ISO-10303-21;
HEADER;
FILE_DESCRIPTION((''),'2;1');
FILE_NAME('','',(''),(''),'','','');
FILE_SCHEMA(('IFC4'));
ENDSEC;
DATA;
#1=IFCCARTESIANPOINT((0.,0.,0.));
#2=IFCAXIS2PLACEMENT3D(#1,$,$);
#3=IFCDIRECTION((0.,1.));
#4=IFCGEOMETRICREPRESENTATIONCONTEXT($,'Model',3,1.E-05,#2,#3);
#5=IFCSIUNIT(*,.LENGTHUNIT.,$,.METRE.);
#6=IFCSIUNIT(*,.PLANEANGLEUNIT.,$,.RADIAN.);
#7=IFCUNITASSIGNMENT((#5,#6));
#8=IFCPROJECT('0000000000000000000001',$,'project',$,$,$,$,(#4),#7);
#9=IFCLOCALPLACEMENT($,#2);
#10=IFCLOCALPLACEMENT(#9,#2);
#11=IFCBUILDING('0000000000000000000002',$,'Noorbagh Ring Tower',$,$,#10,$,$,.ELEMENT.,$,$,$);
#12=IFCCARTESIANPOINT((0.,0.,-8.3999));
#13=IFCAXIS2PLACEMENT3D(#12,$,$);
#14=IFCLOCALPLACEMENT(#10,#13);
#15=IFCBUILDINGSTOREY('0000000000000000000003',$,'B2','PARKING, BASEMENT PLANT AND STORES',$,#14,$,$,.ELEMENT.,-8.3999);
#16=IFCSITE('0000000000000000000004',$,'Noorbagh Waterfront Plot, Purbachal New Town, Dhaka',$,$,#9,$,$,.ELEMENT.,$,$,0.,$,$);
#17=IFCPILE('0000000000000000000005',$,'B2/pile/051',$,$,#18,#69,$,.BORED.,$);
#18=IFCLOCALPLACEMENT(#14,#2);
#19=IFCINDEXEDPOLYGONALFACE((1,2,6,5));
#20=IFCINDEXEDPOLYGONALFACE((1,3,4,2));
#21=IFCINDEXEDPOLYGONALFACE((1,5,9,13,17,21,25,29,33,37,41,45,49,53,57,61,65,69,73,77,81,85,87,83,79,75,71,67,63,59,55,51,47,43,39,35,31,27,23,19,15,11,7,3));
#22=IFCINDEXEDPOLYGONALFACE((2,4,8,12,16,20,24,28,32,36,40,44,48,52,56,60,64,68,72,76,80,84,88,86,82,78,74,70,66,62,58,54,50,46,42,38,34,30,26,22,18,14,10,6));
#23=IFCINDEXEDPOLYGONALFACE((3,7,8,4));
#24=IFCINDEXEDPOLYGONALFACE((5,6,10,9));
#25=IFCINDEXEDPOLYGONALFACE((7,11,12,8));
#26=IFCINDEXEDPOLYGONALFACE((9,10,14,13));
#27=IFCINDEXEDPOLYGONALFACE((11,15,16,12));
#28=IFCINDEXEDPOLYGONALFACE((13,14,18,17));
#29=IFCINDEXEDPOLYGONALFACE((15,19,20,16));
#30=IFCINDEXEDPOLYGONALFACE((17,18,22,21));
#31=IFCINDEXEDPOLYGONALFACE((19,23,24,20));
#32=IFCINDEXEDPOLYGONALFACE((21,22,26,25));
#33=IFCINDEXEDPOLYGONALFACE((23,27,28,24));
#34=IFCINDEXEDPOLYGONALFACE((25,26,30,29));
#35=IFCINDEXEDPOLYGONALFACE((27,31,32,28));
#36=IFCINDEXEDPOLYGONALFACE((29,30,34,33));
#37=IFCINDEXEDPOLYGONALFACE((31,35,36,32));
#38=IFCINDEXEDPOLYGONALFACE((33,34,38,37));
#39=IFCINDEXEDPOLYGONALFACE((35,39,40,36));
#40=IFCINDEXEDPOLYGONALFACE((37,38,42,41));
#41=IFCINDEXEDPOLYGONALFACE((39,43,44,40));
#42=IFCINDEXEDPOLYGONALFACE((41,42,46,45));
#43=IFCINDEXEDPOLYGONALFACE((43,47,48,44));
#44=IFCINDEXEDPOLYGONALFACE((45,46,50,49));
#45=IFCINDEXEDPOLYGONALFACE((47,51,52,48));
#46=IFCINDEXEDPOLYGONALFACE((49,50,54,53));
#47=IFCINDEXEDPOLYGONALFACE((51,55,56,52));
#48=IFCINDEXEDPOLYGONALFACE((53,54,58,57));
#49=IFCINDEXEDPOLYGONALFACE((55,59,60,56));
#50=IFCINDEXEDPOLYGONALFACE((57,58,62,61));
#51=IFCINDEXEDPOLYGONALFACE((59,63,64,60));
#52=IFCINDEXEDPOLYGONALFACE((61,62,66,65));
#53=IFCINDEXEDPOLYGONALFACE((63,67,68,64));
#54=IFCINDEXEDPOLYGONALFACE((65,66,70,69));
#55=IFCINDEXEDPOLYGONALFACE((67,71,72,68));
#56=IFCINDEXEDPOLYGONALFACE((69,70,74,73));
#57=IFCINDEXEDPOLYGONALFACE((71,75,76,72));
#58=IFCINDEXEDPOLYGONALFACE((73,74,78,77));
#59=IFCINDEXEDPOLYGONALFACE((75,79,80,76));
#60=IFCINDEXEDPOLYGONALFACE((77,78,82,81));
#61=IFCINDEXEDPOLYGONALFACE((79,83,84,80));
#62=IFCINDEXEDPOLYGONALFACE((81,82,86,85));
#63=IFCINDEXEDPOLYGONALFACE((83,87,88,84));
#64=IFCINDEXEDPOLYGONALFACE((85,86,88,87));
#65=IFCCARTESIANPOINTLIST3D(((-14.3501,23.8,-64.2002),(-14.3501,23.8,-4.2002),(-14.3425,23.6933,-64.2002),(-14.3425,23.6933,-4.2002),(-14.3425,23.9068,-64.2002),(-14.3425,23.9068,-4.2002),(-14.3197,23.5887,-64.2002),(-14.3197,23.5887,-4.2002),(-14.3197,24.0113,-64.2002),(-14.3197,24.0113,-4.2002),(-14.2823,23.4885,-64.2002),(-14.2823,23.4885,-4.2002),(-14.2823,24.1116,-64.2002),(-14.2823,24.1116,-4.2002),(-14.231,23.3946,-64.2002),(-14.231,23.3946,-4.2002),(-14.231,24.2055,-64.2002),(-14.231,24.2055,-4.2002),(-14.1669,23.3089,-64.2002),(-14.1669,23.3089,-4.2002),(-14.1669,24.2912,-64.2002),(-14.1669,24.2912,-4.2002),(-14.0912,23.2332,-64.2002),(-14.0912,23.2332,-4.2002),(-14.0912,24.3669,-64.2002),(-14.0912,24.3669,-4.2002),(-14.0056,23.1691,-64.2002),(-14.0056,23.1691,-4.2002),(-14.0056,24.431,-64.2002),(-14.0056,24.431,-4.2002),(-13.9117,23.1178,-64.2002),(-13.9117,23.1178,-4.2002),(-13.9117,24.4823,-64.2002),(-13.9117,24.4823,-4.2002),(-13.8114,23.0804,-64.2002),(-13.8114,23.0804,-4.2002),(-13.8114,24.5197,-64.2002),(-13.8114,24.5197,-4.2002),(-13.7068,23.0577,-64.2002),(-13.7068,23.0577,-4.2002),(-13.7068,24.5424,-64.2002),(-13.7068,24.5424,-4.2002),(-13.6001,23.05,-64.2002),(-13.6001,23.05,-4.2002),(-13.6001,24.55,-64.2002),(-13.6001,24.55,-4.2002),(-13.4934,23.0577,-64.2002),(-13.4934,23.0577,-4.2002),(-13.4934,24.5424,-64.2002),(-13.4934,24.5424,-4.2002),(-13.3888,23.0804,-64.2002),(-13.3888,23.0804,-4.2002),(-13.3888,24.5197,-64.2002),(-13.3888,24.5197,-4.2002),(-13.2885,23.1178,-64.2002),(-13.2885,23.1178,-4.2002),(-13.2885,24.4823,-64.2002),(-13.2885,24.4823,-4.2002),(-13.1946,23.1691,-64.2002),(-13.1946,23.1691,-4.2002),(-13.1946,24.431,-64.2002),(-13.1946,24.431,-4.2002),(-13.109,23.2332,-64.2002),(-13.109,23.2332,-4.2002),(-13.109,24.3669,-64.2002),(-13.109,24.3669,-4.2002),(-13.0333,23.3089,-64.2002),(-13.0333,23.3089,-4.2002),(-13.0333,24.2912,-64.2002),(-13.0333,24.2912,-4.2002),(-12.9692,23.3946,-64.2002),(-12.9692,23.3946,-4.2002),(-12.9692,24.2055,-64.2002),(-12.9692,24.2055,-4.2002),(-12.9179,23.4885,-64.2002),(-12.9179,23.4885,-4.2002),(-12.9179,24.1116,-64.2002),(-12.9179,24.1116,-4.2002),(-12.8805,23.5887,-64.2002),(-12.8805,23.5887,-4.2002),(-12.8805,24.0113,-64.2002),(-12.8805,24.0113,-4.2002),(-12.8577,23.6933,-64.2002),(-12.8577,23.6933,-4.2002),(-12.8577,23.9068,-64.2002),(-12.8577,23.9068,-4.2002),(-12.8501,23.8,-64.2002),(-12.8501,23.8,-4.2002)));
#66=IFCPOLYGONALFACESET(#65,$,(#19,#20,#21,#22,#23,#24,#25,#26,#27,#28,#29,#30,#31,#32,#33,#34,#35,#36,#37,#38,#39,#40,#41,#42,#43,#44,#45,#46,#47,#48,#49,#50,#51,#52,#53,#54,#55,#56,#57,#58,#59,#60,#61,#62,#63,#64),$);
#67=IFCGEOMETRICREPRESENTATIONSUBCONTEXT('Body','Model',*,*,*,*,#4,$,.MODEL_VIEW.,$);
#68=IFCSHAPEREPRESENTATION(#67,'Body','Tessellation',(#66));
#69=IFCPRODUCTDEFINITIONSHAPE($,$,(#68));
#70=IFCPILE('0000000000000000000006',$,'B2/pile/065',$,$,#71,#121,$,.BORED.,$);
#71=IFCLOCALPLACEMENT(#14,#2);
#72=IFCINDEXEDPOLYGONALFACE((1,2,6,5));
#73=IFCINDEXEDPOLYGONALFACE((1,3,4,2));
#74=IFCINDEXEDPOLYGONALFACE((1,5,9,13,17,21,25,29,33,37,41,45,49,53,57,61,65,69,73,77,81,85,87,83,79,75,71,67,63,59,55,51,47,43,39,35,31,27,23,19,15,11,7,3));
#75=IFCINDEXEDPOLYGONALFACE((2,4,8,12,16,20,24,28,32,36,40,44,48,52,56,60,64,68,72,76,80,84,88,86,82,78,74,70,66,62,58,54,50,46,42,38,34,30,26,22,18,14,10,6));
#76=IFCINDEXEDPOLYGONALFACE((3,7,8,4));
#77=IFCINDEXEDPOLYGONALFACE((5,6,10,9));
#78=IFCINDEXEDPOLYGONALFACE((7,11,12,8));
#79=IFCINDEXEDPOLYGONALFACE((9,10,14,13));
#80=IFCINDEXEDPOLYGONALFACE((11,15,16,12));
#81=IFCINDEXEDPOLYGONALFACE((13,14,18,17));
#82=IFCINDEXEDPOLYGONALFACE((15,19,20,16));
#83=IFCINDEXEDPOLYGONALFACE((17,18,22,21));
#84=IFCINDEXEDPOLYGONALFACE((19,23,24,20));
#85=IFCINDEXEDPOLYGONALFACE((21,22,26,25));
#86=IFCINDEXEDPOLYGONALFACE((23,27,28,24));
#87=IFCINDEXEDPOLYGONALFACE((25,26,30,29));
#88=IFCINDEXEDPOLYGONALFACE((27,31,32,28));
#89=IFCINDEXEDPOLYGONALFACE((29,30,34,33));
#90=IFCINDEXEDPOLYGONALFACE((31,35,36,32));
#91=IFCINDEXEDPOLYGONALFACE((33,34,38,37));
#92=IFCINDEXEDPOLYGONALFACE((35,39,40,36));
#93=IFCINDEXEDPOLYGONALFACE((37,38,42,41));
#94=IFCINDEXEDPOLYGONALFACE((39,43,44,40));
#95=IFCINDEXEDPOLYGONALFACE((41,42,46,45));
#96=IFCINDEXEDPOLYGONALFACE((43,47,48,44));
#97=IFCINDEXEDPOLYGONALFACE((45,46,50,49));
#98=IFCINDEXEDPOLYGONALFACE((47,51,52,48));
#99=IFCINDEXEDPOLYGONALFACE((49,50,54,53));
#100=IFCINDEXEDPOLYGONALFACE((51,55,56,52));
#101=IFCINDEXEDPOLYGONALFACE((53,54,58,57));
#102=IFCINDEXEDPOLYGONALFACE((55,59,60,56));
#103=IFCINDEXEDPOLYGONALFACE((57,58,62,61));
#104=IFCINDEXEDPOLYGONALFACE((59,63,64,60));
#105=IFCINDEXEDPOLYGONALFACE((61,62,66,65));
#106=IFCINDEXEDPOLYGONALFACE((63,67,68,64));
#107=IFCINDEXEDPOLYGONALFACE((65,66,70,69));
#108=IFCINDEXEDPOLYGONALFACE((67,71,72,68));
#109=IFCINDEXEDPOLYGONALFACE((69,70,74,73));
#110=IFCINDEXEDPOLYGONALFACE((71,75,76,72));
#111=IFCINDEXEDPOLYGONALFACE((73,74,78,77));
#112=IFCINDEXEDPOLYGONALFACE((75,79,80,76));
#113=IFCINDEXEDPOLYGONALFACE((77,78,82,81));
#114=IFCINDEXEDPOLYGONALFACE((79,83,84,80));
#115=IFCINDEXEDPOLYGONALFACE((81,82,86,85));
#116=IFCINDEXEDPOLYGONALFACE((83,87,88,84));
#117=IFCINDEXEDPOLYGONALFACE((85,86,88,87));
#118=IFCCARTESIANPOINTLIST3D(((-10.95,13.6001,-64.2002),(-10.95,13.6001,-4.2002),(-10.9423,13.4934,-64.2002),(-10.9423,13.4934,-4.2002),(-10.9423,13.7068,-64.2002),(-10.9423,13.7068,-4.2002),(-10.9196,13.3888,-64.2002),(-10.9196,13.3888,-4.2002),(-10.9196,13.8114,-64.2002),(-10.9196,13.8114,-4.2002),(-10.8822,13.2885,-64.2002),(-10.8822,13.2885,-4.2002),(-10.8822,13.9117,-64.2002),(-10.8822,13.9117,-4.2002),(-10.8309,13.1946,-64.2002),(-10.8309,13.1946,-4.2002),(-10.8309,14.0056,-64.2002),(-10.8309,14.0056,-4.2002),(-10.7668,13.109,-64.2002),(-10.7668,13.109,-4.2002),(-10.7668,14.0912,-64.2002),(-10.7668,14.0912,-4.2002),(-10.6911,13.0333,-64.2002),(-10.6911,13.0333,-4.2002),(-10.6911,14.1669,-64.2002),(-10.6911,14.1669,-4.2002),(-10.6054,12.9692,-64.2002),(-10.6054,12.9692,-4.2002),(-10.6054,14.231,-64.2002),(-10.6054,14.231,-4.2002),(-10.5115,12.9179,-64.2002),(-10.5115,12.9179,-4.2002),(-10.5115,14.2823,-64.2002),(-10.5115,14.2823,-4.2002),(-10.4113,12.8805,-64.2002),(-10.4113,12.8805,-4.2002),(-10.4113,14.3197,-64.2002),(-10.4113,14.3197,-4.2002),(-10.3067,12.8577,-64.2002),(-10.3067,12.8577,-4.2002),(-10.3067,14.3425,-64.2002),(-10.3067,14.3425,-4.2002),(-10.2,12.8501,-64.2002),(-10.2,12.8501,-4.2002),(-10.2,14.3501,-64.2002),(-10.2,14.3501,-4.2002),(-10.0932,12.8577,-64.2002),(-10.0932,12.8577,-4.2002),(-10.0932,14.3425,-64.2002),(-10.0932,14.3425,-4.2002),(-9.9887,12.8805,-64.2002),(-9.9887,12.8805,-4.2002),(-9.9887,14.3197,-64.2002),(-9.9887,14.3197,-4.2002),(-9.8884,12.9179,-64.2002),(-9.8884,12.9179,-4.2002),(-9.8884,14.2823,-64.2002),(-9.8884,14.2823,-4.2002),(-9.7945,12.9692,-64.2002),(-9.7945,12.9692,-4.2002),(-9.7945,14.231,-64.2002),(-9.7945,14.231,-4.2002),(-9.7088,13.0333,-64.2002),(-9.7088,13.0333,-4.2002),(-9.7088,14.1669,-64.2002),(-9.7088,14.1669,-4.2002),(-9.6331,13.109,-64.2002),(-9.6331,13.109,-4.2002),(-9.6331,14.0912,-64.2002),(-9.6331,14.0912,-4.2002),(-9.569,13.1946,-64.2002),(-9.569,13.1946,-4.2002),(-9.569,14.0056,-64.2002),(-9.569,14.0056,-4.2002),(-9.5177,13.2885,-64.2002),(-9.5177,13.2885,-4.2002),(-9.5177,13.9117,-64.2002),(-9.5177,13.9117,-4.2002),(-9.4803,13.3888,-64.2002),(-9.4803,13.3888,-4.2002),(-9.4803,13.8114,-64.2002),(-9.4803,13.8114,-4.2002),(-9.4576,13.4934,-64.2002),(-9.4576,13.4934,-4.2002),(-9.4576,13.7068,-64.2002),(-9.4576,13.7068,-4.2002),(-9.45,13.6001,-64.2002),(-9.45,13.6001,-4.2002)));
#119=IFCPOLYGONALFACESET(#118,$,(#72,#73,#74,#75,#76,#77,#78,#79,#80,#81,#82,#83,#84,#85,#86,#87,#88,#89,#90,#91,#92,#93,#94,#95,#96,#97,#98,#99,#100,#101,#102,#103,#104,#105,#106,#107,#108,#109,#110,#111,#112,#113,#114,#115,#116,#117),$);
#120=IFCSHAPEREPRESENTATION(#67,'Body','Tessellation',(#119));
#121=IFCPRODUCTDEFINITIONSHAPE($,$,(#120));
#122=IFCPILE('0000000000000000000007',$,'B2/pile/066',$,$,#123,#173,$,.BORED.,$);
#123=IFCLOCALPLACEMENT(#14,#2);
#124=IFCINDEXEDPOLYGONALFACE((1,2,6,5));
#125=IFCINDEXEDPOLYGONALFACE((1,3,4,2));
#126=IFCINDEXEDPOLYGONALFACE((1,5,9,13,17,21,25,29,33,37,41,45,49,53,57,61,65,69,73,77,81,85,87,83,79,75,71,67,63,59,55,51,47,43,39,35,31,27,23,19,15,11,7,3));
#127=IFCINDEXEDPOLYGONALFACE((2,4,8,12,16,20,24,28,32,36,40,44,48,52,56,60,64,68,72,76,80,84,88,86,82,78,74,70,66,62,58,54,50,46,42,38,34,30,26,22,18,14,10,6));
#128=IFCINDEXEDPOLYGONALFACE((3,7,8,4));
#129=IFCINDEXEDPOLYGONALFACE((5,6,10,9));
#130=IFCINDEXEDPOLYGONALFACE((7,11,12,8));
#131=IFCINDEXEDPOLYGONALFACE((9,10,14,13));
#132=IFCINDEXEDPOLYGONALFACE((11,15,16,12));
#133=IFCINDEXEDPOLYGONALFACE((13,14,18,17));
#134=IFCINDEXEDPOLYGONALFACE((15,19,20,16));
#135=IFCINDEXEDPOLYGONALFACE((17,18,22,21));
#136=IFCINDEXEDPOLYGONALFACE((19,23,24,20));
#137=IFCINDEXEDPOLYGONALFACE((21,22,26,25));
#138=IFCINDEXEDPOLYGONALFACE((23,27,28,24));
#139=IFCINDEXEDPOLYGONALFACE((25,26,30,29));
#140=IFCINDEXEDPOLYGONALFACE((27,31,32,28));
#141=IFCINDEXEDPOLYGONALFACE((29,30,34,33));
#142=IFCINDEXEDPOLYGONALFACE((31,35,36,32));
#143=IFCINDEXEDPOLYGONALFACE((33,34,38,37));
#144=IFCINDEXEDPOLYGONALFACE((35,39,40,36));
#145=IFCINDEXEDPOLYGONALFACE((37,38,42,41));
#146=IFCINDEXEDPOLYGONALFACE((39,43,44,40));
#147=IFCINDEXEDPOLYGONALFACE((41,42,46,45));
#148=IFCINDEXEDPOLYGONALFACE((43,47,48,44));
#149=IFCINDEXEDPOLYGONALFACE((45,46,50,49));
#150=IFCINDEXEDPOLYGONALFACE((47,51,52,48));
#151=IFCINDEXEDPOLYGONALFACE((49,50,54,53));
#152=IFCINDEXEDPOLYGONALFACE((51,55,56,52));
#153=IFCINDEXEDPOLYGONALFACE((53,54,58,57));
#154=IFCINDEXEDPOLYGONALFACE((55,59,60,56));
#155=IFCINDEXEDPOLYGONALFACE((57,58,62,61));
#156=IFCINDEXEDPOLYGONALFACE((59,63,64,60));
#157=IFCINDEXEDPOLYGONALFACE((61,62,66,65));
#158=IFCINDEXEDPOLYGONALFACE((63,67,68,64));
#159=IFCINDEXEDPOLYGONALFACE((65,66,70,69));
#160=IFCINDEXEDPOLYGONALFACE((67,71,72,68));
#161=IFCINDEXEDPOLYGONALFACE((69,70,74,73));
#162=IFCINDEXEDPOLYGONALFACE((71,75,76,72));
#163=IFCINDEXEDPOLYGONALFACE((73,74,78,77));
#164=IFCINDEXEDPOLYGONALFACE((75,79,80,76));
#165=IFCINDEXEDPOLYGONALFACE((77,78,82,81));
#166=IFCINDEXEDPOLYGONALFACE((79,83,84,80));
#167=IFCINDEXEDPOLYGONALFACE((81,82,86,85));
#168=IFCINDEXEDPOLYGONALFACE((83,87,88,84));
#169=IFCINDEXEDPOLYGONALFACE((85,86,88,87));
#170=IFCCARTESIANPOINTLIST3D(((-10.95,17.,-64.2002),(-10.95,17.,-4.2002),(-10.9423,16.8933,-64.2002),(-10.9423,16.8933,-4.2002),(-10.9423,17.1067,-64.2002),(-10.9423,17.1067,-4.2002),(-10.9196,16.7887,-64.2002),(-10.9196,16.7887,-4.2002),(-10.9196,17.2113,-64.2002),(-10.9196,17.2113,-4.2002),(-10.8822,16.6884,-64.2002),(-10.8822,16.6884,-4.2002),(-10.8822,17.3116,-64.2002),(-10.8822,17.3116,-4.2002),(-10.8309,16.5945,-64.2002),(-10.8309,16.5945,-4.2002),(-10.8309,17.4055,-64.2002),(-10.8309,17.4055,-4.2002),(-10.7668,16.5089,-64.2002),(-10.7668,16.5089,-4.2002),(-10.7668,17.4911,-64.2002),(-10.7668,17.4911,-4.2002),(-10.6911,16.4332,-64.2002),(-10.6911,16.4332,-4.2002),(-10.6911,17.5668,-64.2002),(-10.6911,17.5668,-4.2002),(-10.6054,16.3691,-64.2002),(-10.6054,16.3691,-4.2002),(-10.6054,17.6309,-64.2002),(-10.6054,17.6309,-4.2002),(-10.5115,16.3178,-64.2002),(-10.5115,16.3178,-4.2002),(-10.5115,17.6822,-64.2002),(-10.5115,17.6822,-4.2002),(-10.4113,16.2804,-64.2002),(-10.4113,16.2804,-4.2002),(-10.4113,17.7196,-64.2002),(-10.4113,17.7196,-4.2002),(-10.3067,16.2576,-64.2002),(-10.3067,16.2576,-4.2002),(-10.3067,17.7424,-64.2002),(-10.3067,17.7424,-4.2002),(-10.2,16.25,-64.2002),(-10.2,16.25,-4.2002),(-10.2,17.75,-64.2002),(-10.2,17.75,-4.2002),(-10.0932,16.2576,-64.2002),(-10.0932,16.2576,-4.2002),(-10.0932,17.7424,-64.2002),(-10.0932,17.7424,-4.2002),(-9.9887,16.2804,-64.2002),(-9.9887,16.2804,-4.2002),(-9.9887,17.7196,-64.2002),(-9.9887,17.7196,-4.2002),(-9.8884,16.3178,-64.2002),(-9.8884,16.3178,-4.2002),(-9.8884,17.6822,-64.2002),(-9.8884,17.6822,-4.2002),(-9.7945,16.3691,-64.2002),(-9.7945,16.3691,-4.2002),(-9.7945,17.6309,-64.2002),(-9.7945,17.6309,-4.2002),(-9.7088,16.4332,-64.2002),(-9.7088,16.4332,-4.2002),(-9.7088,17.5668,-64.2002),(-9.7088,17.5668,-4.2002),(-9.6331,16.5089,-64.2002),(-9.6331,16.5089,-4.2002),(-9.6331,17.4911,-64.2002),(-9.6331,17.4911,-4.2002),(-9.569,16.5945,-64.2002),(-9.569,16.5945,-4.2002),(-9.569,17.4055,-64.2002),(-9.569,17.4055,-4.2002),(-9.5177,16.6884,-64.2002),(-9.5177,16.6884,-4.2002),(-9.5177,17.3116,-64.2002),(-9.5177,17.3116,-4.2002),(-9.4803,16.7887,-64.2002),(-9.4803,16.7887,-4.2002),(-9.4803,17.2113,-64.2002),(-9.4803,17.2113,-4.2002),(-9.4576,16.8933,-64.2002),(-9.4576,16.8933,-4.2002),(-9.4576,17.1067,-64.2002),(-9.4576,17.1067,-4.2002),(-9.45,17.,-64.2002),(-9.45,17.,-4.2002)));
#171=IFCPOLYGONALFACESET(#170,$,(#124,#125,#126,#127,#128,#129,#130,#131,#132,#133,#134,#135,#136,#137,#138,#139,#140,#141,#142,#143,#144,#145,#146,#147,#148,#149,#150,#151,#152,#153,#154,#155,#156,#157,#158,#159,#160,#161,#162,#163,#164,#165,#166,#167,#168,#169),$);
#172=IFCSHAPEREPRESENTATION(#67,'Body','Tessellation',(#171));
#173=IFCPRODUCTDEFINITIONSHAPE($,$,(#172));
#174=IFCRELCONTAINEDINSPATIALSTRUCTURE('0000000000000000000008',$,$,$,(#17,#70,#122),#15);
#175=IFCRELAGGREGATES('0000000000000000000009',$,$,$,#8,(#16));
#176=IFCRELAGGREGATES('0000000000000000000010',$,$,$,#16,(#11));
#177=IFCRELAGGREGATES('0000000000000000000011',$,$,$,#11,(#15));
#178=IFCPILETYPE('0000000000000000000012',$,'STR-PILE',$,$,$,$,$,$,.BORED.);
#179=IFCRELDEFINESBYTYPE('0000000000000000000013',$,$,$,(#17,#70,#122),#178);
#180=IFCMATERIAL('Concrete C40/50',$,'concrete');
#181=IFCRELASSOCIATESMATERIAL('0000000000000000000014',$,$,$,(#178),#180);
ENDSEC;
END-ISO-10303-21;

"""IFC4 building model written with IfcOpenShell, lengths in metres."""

from ifc_helpers import new_model, si_unit, direction, frame, origin, origin_2d, place, context, subcontext, project, spatial, circle, extrude, material, material_profile, profile_set, type_object, element, save


model = new_model("IFC4")

# Units and contexts
model_context = context("Model", 3, precision=1e-05, world=origin(), true_north=direction((0.0, 1.0)))
body_context = subcontext(model_context, "Body", "Model", "MODEL_VIEW")
ifc_project = project(units=[si_unit("LENGTHUNIT", "METRE"), si_unit("PLANEANGLEUNIT", "RADIAN")], contexts=[model_context])

# Site, building, storey
site_placement = place(None, origin())
site = spatial("IfcSite", under=ifc_project, at=site_placement, Name="Noorbagh Waterfront Plot, Purbachal New Town, Dhaka", CompositionType="ELEMENT", RefElevation=0.0)
building_placement = place(site_placement, origin())
building = spatial("IfcBuilding", under=site, at=building_placement, Name="Noorbagh Ring Tower", CompositionType="ELEMENT")
storey_placement = place(building_placement, frame((0.0, 0.0, -8.3999)))
storey = spatial("IfcBuildingStorey", under=building, at=storey_placement, Name="B2", Description="PARKING, BASEMENT PLANT AND STORES", CompositionType="ELEMENT", Elevation=-8.3999)

# Piles
ifc_material_1 = material(Name="Concrete C40/50", Category="concrete")
ifc_material_profile_1 = material_profile(ifc_material_1, circle(Radius=0.75, at=origin_2d()), Name="PILE1500")
ifc_profile_set_1 = profile_set([ifc_material_profile_1], Name="Concrete C40/50")
pile_type = type_object("IfcPileType", Name="STR-PILE", PredefinedType="BORED", material=ifc_profile_set_1)
for number, where, z_axis, x_axis, name in (
    (1, (-13.6001, 23.8, -4.2002), (0.0, 0.0, -1.0), (1.0, 0.0, 0.0), "B2/pile/051"),
    (2, (-10.2, 13.6001, -4.2002), (0.0, 0.0, -1.0), (1.0, 0.0, 0.0), "B2/pile/065"),
    (3, (-10.2, 17.0, -4.2002), (0.0, 0.0, -1.0), (1.0, 0.0, 0.0), "B2/pile/066"),
):
    element("IfcPile", number, at=place(storey_placement, frame(where, z_axis=z_axis, x_axis=x_axis)), inside=storey, type_object=pile_type, Name=name, PredefinedType="BORED", context=body_context, shape_type="SweptSolid", body=[
        extrude(circle(Radius=0.75, at=origin_2d()), origin(), (0.0, 0.0, 1.0), 60.0),
    ])

save(model, "model.ifc")
